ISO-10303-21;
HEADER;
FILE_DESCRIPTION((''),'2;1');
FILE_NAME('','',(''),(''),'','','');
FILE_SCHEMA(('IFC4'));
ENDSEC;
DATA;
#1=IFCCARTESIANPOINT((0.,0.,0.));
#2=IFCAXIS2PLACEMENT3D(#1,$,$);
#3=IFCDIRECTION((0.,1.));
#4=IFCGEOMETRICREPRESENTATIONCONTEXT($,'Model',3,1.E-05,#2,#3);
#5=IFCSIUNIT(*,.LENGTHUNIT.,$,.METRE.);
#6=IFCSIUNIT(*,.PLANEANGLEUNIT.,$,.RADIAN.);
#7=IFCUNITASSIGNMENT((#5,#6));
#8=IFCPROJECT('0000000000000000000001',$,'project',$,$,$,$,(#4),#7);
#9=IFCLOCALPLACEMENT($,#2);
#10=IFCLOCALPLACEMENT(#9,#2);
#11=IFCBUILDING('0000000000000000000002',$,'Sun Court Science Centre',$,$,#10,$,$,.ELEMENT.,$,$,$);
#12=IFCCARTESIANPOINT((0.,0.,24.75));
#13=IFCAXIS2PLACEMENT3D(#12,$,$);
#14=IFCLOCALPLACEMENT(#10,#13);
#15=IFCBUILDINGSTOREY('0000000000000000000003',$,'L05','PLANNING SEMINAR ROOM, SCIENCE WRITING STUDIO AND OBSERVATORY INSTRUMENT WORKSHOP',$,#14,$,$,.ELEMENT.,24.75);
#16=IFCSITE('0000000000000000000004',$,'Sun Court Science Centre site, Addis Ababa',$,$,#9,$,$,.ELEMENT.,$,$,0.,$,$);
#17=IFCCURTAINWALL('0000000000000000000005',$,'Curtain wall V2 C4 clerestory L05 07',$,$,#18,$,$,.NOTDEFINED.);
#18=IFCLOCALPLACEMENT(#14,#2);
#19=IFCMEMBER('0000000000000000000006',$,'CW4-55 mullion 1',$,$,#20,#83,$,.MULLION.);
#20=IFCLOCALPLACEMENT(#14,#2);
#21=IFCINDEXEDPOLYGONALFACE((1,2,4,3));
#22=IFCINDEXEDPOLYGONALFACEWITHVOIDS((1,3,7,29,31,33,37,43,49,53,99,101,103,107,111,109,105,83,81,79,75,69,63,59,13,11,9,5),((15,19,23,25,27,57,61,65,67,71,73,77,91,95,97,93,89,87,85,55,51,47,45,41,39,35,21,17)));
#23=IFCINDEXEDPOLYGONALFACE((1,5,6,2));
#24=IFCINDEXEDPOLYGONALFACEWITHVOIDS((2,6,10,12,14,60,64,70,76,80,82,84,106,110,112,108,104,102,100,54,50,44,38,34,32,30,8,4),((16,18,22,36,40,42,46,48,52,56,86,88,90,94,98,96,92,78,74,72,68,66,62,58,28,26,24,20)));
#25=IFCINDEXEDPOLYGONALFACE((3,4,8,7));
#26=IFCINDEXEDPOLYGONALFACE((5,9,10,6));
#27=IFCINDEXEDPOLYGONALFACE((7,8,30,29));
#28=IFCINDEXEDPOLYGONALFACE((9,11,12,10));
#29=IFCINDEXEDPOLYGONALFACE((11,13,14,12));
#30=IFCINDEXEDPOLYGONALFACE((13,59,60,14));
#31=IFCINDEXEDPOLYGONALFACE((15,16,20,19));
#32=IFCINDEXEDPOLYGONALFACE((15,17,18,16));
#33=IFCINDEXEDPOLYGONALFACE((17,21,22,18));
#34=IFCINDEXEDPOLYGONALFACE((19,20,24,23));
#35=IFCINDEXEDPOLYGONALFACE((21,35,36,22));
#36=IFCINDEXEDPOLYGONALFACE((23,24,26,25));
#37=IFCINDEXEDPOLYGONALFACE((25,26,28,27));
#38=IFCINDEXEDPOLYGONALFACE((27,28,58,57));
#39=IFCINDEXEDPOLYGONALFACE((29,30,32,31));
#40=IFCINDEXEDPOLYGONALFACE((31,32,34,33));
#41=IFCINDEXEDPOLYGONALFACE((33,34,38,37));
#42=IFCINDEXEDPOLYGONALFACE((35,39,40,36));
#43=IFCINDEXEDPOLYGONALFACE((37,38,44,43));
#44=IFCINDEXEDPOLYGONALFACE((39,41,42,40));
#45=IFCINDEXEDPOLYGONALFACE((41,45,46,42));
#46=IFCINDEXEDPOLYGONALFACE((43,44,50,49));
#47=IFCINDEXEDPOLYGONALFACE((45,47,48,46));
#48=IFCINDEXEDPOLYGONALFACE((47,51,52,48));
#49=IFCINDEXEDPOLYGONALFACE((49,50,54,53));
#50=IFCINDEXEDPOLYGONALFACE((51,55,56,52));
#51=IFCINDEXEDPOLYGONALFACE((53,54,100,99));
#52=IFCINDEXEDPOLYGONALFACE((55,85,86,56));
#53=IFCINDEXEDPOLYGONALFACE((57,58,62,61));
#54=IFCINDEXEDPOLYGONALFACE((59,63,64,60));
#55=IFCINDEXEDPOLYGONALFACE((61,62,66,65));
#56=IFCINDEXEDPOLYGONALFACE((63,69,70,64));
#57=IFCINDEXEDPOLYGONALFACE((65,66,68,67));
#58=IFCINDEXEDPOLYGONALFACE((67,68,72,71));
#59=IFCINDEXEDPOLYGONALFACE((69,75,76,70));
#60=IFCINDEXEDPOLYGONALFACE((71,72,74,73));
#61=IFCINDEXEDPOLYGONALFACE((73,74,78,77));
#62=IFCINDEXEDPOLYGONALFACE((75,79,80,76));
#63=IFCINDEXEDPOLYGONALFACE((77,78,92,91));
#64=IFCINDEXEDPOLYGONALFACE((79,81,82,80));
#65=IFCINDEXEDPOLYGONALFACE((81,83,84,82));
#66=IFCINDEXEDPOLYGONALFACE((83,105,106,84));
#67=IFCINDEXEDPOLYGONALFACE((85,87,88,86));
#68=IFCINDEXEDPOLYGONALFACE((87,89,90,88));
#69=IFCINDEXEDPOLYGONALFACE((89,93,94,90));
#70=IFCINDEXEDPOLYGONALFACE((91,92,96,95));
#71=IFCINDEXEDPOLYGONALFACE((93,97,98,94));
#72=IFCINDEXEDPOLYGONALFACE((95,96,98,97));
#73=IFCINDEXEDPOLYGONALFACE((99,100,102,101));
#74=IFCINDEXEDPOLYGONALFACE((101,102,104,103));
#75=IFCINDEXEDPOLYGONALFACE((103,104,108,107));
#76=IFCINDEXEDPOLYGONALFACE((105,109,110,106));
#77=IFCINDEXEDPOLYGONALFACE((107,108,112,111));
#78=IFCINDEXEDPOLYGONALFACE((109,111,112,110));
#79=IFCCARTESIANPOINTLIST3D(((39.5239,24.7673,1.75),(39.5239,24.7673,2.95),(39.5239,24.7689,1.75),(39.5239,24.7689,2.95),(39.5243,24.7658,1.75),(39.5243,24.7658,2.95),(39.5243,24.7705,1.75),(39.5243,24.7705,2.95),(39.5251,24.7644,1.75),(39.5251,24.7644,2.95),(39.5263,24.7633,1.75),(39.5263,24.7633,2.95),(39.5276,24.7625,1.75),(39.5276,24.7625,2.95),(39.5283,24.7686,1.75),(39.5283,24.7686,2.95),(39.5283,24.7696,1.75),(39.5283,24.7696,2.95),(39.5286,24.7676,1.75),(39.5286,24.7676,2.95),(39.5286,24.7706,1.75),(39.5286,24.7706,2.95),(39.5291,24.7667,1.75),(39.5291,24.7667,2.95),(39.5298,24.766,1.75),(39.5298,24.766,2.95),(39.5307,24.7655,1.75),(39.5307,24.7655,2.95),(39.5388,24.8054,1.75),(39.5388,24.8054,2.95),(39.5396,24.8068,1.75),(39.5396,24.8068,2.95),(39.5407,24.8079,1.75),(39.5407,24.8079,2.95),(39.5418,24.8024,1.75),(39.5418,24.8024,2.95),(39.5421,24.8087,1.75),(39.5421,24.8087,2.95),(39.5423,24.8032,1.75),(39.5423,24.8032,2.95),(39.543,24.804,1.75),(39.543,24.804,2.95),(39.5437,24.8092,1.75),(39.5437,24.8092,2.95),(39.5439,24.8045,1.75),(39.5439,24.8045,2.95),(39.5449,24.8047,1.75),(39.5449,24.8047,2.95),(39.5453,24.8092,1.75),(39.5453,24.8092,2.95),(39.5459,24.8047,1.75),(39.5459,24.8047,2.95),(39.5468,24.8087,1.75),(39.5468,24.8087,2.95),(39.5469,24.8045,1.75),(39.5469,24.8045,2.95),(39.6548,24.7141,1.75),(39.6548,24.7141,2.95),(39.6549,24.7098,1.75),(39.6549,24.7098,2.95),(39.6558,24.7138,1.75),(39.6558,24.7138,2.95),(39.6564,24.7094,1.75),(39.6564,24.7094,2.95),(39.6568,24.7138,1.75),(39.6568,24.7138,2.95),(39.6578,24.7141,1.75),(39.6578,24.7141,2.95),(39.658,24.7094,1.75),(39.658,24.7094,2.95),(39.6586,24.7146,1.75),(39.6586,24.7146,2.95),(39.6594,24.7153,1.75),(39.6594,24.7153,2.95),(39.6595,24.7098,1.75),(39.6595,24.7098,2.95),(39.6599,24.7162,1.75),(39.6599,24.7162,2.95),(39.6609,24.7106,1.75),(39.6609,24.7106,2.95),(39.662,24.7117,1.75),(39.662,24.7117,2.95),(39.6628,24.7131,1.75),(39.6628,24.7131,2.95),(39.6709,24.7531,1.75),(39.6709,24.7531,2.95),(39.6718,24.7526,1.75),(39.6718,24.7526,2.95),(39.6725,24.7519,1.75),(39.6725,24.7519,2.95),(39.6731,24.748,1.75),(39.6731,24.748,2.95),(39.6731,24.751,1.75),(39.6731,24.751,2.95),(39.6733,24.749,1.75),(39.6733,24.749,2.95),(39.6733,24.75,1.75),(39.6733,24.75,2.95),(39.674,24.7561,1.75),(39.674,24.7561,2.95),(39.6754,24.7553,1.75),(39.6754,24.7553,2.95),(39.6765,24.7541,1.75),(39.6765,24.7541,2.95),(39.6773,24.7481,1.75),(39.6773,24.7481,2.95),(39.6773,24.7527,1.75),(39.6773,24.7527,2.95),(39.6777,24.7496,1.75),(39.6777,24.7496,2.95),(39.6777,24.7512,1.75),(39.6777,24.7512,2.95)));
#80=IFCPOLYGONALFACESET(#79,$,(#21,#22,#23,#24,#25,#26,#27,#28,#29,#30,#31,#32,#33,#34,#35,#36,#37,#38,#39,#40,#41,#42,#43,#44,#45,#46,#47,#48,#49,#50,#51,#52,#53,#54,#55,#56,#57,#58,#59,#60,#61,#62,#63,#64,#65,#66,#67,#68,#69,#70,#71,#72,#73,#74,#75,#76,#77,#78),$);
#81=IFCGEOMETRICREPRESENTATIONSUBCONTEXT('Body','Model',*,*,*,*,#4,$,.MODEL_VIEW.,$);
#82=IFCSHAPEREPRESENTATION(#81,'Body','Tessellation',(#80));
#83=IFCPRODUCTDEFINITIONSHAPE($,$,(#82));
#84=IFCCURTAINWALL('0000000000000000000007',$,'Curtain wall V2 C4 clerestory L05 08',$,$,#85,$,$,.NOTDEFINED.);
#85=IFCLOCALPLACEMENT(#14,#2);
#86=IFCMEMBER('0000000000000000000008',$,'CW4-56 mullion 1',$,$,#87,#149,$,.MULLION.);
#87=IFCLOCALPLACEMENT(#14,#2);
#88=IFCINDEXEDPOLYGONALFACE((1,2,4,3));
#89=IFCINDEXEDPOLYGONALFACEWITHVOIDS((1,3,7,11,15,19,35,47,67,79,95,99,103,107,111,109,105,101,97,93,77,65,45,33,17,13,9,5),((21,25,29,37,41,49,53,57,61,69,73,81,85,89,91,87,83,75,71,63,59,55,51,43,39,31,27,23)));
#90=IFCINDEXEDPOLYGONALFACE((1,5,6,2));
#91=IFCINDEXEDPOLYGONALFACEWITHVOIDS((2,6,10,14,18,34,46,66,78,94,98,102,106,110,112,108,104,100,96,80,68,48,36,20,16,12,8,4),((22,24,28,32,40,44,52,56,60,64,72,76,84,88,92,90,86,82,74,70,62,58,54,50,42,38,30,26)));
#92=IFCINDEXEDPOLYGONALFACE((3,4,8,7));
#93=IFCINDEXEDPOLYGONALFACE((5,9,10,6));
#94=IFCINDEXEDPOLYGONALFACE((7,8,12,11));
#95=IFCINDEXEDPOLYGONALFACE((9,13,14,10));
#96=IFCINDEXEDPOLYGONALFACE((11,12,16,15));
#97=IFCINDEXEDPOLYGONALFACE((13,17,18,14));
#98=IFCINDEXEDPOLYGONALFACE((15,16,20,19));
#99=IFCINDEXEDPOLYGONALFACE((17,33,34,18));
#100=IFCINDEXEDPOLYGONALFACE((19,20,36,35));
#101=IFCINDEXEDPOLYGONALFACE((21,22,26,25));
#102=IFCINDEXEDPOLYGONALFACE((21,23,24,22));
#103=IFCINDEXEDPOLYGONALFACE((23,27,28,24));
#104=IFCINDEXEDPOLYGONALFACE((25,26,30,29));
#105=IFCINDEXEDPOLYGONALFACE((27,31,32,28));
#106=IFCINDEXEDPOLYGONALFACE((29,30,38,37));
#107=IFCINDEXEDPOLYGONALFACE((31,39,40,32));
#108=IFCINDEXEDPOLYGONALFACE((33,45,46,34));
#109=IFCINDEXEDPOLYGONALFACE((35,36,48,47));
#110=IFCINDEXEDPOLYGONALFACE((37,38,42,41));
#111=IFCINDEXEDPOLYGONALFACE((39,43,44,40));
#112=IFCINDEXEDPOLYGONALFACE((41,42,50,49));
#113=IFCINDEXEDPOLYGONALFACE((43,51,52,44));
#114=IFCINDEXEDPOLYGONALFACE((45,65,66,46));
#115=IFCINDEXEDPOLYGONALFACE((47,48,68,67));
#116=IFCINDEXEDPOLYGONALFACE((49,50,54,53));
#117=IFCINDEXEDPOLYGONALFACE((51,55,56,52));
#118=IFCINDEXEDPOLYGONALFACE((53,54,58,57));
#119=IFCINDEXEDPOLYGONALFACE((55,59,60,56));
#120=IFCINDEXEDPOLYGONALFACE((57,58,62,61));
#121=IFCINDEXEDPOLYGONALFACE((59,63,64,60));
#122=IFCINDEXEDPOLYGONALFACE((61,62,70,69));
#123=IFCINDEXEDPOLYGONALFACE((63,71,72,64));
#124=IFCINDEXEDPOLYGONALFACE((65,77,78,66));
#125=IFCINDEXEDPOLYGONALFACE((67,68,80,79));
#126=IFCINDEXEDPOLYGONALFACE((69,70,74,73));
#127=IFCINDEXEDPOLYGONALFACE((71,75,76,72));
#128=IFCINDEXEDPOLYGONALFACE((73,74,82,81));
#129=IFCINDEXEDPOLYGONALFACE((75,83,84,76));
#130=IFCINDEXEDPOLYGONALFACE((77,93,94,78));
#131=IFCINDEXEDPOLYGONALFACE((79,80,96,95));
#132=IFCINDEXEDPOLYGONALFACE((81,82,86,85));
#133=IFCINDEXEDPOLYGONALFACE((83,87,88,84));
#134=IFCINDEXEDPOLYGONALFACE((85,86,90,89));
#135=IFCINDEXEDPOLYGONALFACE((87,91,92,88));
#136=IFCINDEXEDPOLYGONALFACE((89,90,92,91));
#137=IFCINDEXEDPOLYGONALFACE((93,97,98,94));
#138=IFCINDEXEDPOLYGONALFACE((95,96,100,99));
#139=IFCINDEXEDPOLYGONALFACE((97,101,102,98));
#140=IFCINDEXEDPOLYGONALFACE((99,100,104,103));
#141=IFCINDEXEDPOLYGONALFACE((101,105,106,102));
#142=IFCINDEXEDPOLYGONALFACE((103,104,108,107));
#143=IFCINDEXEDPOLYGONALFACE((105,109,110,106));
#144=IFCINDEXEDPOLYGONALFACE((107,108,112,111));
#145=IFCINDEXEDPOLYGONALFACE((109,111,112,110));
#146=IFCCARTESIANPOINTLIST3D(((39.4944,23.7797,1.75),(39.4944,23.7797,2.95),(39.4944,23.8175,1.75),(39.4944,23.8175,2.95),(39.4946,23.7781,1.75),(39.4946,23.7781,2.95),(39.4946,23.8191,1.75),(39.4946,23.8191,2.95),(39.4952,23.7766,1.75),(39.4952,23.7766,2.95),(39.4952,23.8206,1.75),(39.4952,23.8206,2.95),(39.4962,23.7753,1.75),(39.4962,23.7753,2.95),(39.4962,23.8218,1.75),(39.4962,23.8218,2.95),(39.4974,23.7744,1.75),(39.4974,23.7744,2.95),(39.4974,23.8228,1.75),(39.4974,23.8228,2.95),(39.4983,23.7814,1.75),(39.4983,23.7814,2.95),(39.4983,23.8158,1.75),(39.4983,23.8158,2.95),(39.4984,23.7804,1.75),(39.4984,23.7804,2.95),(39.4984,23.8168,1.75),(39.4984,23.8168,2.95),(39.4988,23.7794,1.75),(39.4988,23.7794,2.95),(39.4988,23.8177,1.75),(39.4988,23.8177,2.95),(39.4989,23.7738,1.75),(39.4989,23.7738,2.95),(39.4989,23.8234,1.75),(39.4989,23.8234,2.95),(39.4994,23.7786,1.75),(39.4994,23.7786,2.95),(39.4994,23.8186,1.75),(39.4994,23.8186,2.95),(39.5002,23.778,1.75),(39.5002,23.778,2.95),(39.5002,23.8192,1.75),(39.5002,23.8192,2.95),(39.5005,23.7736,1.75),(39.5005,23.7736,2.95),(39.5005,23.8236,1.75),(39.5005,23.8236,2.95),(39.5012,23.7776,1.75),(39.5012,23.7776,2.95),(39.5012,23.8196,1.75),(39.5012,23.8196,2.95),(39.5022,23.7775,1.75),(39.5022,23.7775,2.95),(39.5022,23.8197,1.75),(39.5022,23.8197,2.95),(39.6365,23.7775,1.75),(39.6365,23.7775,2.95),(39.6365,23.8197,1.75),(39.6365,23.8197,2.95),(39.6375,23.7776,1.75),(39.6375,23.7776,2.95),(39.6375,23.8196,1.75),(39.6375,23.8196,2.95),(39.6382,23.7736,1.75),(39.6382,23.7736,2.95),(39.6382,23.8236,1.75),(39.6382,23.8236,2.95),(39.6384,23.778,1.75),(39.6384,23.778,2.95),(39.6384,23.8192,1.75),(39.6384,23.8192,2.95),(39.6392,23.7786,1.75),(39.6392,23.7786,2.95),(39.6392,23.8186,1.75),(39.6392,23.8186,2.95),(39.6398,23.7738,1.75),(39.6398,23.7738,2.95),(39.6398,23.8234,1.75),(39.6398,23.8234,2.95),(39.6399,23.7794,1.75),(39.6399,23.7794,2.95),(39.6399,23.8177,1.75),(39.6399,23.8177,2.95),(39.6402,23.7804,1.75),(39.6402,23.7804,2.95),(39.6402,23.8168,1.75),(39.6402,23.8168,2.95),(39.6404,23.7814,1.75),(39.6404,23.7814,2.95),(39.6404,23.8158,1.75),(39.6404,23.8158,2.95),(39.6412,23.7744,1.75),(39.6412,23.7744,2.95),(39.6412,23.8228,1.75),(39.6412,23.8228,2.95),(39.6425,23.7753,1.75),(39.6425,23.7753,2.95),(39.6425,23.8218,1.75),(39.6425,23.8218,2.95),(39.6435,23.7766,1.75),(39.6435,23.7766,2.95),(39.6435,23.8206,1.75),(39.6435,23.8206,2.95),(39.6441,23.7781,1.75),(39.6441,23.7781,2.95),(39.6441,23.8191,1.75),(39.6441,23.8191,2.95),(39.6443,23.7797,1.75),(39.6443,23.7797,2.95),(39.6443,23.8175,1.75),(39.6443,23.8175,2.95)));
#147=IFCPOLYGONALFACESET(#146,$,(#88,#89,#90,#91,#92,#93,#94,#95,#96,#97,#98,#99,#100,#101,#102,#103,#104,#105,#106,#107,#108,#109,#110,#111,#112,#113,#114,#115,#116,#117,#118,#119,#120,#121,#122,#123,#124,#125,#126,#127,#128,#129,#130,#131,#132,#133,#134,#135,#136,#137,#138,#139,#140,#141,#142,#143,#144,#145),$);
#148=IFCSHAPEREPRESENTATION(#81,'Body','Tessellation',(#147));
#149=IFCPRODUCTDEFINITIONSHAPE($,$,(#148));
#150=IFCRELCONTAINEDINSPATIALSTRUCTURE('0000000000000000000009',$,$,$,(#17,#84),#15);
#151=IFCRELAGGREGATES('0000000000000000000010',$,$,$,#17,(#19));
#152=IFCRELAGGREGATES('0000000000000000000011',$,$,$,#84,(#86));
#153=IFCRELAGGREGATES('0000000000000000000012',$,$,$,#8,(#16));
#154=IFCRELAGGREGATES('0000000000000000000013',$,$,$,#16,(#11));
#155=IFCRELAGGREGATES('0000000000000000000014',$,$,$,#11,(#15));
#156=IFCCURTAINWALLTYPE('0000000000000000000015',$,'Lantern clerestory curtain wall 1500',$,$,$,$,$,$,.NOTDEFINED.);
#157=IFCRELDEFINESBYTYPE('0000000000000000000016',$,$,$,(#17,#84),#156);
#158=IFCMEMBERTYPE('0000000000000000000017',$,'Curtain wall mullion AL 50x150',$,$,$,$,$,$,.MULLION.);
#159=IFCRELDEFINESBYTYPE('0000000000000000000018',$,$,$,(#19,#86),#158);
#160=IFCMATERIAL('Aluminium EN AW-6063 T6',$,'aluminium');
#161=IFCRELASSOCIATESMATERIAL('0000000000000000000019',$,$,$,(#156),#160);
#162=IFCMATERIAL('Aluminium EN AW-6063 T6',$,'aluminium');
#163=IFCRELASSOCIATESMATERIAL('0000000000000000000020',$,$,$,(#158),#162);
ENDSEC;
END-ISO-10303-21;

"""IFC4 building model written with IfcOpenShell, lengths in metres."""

from ifc_helpers import new_model, si_unit, direction, frame, origin, origin_2d, place, context, subcontext, project, spatial, hollow_rectangle, extrude, material, material_profile, profile_set, type_object, element, aggregate, save


model = new_model("IFC4")

# Units and contexts
model_context = context("Model", 3, precision=1e-05, world=origin(), true_north=direction((0.0, 1.0)))
body_context = subcontext(model_context, "Body", "Model", "MODEL_VIEW")
ifc_project = project(units=[si_unit("LENGTHUNIT", "METRE"), si_unit("PLANEANGLEUNIT", "RADIAN")], contexts=[model_context])

# Site, building, storey
site_placement = place(None, origin())
site = spatial("IfcSite", under=ifc_project, at=site_placement, Name="Sun Court Science Centre site, Addis Ababa", CompositionType="ELEMENT", RefElevation=0.0)
building_placement = place(site_placement, origin())
building = spatial("IfcBuilding", under=site, at=building_placement, Name="Sun Court Science Centre", CompositionType="ELEMENT")
storey_placement = place(building_placement, frame((0.0, 0.0, 24.75)))
storey = spatial("IfcBuildingStorey", under=building, at=storey_placement, Name="L05", Description="PLANNING SEMINAR ROOM, SCIENCE WRITING STUDIO AND OBSERVATORY INSTRUMENT WORKSHOP", CompositionType="ELEMENT", Elevation=24.75)

# Curtain wall, member
ifc_material_1 = material(Name="Aluminium EN AW-6063 T6", Category="aluminium")
curtain_wall_type = type_object("IfcCurtainWallType", Name="Lantern clerestory curtain wall 1500", PredefinedType="NOTDEFINED", material=ifc_material_1)
curtain_wall_1_placement = place(storey_placement, origin())
curtain_wall_1 = element("IfcCurtainWall", 1, at=curtain_wall_1_placement, inside=storey, type_object=curtain_wall_type, Name="Curtain wall V2 C4 clerestory L05 07", PredefinedType="NOTDEFINED")
ifc_material_2 = material(Name="Aluminium EN AW-6063 T6", Category="aluminium")
ifc_material_profile_1 = material_profile(ifc_material_2, hollow_rectangle(XDim=0.05, YDim=0.1499, WallThickness=0.0039, InnerFilletRadius=0.0039, OuterFilletRadius=0.0061, at=origin_2d()), Name="AL 50x150x4")
ifc_profile_set_1 = profile_set([ifc_material_profile_1], Name="Aluminium EN AW-6063 T6")
member_type_1 = type_object("IfcMemberType", Name="Curtain wall mullion AL 50x150", PredefinedType="MULLION", material=ifc_profile_set_1)
member_1_placement = place(storey_placement, frame((39.6008, 24.7593, 1.75), z_axis=(0.0, 0.0, 1.0), x_axis=(0.382683, 0.92388, 0.0)))
member_1 = element("IfcMember", 2, at=member_1_placement, type_object=member_type_1, Name="CW4-55 mullion 1", PredefinedType="MULLION", context=body_context, shape_type="SweptSolid", body=[
    extrude(hollow_rectangle(XDim=0.05, YDim=0.1499, WallThickness=0.0039, InnerFilletRadius=0.0039, OuterFilletRadius=0.0061, at=origin_2d()), origin(), (0.0, 0.0, 1.0), 1.2),
])
aggregate(curtain_wall_1, [member_1])

# Curtain wall, member
curtain_wall_2_placement = place(storey_placement, origin())
curtain_wall_2 = element("IfcCurtainWall", 3, at=curtain_wall_2_placement, inside=storey, type_object=curtain_wall_type, Name="Curtain wall V2 C4 clerestory L05 08", PredefinedType="NOTDEFINED")
member_2_placement = place(storey_placement, frame((39.5693, 23.7986, 1.75), z_axis=(0.0, 0.0, 1.0), x_axis=(0.0, 1.0, 0.0)))
member_2 = element("IfcMember", 4, at=member_2_placement, type_object=member_type_1, Name="CW4-56 mullion 1", PredefinedType="MULLION", context=body_context, shape_type="SweptSolid", body=[
    extrude(hollow_rectangle(XDim=0.05, YDim=0.1499, WallThickness=0.0039, InnerFilletRadius=0.0039, OuterFilletRadius=0.0061, at=origin_2d()), origin(), (0.0, 0.0, 1.0), 1.2),
])

aggregate(curtain_wall_2, [member_2])

save(model, "model.ifc")
